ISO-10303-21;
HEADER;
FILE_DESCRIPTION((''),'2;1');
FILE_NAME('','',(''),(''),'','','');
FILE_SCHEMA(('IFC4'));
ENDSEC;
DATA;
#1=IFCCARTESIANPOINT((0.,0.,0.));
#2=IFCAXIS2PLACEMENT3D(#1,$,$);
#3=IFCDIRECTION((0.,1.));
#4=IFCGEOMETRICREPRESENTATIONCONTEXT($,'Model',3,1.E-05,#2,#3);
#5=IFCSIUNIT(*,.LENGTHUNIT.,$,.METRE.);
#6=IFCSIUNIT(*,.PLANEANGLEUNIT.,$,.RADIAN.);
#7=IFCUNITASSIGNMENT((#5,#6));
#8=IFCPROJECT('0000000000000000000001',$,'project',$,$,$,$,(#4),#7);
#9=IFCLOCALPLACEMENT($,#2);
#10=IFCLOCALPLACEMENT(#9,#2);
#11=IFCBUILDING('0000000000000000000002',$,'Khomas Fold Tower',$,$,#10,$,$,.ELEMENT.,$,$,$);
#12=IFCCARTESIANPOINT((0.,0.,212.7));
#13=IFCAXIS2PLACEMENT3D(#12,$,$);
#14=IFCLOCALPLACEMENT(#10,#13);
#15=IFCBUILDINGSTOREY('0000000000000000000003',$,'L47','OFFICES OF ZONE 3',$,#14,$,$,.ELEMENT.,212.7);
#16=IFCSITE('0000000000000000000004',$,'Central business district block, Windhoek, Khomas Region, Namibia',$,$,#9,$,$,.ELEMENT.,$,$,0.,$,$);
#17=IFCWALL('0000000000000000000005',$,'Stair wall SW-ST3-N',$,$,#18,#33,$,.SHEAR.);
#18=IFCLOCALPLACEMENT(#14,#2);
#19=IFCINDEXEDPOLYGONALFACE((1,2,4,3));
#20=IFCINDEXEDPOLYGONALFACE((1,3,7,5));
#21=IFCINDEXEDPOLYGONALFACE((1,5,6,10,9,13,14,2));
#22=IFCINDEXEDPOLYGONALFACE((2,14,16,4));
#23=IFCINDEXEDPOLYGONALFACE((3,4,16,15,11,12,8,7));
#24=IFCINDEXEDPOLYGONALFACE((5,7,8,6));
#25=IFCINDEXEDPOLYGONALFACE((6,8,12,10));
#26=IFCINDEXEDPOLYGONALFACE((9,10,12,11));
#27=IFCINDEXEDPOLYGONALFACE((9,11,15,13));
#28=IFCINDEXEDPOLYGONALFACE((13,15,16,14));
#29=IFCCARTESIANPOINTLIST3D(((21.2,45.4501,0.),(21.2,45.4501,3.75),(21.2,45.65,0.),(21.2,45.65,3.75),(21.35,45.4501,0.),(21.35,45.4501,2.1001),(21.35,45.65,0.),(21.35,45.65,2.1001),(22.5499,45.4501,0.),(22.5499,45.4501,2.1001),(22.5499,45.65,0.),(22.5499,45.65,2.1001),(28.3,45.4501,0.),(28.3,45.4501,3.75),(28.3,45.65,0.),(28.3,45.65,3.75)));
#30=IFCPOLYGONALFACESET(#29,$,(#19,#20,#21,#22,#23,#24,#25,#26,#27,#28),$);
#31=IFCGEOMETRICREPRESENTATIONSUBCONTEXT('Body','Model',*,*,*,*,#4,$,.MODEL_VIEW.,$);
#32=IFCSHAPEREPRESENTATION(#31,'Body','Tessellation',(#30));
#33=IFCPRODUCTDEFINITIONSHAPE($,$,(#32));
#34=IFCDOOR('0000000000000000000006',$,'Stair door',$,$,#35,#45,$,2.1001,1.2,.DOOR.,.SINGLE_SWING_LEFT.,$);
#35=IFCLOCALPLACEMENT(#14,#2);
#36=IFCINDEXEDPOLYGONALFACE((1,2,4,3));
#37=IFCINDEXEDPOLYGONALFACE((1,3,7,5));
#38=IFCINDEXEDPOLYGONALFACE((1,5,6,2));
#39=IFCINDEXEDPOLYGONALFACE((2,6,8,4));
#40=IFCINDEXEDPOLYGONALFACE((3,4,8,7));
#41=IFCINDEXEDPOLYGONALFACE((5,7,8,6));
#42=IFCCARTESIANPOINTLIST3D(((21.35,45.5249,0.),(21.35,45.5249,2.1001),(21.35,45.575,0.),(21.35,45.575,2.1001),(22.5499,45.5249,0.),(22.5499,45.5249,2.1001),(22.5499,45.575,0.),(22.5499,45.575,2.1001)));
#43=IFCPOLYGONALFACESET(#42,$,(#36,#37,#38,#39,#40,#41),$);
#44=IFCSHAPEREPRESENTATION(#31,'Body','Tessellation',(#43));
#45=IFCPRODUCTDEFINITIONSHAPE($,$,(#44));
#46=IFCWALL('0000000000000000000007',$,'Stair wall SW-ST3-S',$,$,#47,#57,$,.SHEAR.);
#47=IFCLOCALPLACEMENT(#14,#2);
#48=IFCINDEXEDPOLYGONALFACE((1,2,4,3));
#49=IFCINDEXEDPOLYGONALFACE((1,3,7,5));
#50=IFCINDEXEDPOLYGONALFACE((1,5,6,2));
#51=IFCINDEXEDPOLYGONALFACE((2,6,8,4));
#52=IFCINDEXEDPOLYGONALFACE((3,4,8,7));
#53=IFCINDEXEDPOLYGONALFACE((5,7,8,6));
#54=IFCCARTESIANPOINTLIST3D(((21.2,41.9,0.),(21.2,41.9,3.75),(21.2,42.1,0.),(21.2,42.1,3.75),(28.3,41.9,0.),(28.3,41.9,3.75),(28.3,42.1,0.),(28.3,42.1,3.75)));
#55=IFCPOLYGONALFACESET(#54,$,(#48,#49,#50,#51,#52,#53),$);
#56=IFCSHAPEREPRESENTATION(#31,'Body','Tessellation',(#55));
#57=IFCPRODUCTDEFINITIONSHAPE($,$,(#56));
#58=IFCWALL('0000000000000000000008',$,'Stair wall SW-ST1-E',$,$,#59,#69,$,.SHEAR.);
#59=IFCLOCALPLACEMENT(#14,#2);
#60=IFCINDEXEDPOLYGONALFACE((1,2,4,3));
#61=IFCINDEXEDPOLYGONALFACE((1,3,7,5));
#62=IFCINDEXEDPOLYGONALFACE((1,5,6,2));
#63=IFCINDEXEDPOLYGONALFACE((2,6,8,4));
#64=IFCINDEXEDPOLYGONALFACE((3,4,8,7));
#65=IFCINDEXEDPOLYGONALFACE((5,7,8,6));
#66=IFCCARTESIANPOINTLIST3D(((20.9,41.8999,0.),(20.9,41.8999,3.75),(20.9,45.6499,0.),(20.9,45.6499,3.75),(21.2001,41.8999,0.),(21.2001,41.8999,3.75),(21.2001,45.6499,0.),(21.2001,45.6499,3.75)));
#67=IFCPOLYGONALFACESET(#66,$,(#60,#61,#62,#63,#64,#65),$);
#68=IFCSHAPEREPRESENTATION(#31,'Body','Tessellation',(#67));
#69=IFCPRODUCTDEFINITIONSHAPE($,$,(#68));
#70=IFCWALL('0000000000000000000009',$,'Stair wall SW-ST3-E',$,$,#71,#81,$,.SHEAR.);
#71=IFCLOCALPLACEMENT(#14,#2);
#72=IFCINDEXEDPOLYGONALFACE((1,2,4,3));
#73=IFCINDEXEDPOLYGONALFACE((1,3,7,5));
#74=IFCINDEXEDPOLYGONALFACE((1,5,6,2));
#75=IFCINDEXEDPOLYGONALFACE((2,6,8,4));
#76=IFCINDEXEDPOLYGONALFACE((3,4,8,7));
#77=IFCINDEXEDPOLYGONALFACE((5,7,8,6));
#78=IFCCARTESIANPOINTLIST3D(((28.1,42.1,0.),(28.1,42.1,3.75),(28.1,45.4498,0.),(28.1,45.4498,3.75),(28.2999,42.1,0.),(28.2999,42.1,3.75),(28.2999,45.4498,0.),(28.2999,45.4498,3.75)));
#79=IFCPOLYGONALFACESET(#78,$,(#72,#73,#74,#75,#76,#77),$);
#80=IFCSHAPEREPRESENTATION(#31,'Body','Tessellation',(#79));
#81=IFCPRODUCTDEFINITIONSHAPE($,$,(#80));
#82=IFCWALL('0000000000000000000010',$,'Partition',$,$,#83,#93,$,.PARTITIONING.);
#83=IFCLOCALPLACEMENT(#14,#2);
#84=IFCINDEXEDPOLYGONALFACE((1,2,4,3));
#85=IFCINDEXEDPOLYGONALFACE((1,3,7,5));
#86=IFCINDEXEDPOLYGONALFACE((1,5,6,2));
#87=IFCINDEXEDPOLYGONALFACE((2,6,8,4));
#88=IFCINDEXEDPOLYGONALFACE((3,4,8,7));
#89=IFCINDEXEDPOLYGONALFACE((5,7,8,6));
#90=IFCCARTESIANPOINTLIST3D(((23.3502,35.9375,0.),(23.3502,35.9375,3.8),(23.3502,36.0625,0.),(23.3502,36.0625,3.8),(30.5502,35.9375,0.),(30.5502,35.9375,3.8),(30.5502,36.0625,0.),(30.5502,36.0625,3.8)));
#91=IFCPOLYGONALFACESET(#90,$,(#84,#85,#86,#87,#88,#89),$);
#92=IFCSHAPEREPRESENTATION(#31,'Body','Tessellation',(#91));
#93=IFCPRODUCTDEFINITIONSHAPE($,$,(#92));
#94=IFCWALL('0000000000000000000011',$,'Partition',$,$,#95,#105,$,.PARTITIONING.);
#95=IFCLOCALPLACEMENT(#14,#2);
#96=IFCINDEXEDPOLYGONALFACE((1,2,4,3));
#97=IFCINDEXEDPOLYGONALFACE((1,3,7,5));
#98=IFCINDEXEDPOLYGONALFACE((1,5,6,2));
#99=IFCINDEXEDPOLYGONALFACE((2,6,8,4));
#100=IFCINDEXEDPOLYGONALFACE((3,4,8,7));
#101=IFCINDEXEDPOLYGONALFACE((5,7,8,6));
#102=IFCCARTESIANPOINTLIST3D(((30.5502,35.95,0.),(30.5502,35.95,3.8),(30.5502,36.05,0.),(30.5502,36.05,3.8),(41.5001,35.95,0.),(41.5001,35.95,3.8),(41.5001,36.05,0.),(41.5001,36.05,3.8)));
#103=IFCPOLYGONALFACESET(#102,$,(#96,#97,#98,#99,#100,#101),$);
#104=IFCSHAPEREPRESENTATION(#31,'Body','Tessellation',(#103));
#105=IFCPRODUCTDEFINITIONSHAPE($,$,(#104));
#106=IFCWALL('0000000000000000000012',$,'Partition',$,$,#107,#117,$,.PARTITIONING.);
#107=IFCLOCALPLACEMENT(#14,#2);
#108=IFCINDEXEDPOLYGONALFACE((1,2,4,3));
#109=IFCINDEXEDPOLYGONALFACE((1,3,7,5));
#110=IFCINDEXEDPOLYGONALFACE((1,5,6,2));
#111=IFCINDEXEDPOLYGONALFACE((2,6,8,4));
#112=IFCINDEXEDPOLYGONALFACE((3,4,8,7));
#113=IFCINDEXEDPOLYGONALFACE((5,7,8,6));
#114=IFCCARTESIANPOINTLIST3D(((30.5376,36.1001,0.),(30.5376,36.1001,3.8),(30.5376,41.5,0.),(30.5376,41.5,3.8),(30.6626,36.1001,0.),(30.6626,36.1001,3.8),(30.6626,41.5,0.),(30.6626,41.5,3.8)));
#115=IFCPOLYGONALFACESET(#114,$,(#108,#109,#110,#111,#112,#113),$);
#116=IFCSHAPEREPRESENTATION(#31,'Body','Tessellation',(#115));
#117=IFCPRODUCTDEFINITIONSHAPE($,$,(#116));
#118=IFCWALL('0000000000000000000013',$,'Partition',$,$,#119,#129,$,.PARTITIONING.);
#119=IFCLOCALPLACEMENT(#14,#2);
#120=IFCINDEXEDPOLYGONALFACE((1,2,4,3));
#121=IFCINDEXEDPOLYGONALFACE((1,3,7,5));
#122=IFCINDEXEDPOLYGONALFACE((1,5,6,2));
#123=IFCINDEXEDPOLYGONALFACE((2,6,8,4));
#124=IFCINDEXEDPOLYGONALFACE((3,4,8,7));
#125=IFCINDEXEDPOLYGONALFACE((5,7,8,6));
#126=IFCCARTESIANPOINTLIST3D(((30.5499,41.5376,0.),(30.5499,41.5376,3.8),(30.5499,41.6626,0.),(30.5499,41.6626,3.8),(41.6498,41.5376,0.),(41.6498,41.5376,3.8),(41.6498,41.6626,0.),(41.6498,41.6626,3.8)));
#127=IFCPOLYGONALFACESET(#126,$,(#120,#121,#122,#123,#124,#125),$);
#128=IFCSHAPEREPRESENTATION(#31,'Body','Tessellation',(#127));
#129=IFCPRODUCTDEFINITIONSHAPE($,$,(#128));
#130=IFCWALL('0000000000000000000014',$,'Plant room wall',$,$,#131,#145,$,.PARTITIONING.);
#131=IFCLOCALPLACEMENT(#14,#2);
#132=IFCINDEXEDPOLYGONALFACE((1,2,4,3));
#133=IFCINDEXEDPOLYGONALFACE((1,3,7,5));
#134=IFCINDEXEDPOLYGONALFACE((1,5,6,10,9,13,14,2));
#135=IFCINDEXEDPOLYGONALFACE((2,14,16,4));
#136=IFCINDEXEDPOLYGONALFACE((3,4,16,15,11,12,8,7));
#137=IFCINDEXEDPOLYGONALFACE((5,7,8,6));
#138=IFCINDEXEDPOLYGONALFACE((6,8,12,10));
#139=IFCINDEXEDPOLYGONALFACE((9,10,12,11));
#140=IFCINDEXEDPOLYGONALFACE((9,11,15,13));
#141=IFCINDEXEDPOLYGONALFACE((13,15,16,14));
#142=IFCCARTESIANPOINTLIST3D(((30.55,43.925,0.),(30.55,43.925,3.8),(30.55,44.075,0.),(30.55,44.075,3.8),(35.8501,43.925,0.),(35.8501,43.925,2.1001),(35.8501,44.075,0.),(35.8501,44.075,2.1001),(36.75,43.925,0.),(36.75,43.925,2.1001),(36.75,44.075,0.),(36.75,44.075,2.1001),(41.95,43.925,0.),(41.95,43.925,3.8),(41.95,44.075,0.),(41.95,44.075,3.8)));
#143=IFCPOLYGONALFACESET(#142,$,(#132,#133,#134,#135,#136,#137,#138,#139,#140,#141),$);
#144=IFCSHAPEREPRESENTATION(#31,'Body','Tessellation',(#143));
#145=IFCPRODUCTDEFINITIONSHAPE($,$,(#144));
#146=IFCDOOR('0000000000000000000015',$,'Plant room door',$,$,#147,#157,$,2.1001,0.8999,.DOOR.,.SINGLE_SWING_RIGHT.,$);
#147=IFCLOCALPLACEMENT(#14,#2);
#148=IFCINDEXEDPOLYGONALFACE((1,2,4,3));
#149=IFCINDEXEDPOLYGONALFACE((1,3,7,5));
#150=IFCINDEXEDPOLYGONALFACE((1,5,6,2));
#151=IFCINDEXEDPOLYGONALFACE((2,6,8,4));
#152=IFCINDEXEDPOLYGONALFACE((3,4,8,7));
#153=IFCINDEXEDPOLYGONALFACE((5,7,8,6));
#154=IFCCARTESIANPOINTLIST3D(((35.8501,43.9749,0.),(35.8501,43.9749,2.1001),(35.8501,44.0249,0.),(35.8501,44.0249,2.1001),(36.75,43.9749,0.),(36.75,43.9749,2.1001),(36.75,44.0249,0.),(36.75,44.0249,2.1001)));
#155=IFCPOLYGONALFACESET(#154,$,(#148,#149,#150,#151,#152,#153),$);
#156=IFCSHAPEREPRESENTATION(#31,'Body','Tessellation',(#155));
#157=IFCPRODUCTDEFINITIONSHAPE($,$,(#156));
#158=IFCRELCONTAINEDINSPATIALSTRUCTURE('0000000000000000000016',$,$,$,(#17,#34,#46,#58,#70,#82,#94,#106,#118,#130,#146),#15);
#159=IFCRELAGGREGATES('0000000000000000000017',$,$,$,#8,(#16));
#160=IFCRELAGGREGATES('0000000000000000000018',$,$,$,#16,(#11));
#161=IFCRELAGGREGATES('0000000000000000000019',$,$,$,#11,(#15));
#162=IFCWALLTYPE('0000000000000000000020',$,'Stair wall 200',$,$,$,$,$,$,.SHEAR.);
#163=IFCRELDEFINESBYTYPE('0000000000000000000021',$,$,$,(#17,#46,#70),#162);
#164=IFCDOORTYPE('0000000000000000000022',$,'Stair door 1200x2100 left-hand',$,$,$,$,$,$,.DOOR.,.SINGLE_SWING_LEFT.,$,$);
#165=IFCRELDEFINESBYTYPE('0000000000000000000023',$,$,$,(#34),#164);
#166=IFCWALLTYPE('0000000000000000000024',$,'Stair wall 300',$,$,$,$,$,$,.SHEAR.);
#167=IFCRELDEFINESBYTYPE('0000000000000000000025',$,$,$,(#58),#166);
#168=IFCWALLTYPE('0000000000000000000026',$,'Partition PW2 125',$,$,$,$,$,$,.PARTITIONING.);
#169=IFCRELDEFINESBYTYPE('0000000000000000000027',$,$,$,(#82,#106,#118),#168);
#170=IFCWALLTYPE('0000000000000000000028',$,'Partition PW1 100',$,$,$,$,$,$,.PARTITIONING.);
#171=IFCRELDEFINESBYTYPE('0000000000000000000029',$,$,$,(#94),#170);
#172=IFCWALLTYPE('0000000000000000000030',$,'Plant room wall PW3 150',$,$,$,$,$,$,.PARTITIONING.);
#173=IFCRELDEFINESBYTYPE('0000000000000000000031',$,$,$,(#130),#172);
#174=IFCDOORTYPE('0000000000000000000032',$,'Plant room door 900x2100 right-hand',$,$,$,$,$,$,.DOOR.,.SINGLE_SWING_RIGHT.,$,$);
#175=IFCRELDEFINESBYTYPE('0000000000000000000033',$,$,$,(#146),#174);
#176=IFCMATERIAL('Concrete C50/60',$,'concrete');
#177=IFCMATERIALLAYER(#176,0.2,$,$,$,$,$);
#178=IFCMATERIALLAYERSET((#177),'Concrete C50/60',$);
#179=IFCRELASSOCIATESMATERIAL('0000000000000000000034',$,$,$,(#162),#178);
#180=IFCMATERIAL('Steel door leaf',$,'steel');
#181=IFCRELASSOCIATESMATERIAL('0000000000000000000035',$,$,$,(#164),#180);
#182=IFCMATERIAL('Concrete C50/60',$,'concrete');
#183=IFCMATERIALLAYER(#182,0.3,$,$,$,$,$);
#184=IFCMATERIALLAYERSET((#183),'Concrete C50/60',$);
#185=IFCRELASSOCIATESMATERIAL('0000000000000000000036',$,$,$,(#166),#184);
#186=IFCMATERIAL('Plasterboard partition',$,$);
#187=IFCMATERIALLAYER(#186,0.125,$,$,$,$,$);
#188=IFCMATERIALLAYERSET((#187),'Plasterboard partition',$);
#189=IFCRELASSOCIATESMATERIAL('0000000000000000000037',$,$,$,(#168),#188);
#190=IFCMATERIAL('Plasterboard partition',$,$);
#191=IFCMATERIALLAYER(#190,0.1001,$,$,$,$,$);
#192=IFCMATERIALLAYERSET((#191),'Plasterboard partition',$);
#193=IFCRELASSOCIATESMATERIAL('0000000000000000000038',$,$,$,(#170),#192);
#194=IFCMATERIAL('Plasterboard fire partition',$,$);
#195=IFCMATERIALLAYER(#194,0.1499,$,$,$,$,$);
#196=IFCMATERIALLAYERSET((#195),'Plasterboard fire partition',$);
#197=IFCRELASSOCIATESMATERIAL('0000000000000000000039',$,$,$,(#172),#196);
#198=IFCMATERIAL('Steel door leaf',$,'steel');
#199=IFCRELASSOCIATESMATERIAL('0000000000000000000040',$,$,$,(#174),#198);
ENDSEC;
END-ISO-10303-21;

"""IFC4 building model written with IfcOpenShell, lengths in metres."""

from ifc_helpers import new_model, si_unit, direction, frame, frame_2d, origin, place, context, subcontext, project, spatial, rectangle, extrude, source, transform, mapped, material, layer, layer_set, type_object, element, fill, save


model = new_model("IFC4")

# Units and contexts
model_context = context("Model", 3, precision=1e-05, world=origin(), true_north=direction((0.0, 1.0)))
body_context = subcontext(model_context, "Body", "Model", "MODEL_VIEW")
ifc_project = project(units=[si_unit("LENGTHUNIT", "METRE"), si_unit("PLANEANGLEUNIT", "RADIAN")], contexts=[model_context])

# Site, building, storey
site_placement = place(None, origin())
site = spatial("IfcSite", under=ifc_project, at=site_placement, Name="Central business district block, Windhoek, Khomas Region, Namibia", CompositionType="ELEMENT", RefElevation=0.0)
building_placement = place(site_placement, origin())
building = spatial("IfcBuilding", under=site, at=building_placement, Name="Khomas Fold Tower", CompositionType="ELEMENT")
storey_placement = place(building_placement, frame((0.0, 0.0, 212.7)))
storey = spatial("IfcBuildingStorey", under=building, at=storey_placement, Name="L47", Description="OFFICES OF ZONE 3", CompositionType="ELEMENT", Elevation=212.7)

# Wall, opening, door
ifc_material_1 = material(Name="Concrete C50/60", Category="concrete")
ifc_layer_1 = layer(ifc_material_1, 0.2)
ifc_layer_set_1 = layer_set([ifc_layer_1], Name="Concrete C50/60")
wall_type_1 = type_object("IfcWallType", Name="Stair wall 200", PredefinedType="SHEAR", material=ifc_layer_set_1)
shared_shape_1 = source(origin(), body_context, "Body", "SweptSolid", [
    extrude(rectangle(XDim=7.1001, YDim=0.2, at=frame_2d((3.55, 0.0))), origin(), (0.0, 0.0, 1.0), 3.75),
])
wall_1_placement = place(storey_placement, frame((21.2, 45.55, 0.0), z_axis=(0.0, 0.0, 1.0), x_axis=(1.0, 0.0, 0.0)))
wall_1 = element("IfcWall", 1, at=wall_1_placement, inside=storey, type_object=wall_type_1, Name="Stair wall SW-ST3-N", PredefinedType="SHEAR", context=body_context, shape_type="MappedRepresentation", body=[
    mapped(shared_shape_1, transform((0.0, 0.0, 0.0))),
])
shared_shape_2 = source(origin(), body_context, "Body", "SweptSolid", [
    extrude(rectangle(XDim=1.2, YDim=2.1001, at=frame_2d((0.6001, 1.05))), frame((0.0, 0.1099, 0.0), z_axis=(0.0, -1.0, 0.0), x_axis=(1.0, 0.0, 0.0)), (0.0, 0.0, 1.0), 0.22),
])
opening_1_placement = place(wall_1_placement, frame((0.1499, 0.0, 0.0)))
opening_1 = element("IfcOpeningElement", 2, at=opening_1_placement, cuts=wall_1, PredefinedType="OPENING", context=body_context, shape_type="MappedRepresentation", body=[
    mapped(shared_shape_2, transform((0.0, 0.0, 0.0))),
])
ifc_material_2 = material(Name="Steel door leaf", Category="steel")
door_type_1 = type_object("IfcDoorType", Name="Stair door 1200x2100 left-hand", OperationType="SINGLE_SWING_LEFT", PredefinedType="DOOR", material=ifc_material_2)
shared_shape_3 = source(origin(), body_context, "Body", "SweptSolid", [
    extrude(rectangle(XDim=1.2, YDim=2.1001, at=frame_2d((0.6001, 1.05))), frame((0.0, 0.0249, 0.0), z_axis=(0.0, -1.0, 0.0), x_axis=(1.0, 0.0, 0.0)), (0.0, 0.0, 1.0), 0.05),
])
door_1_placement = place(opening_1_placement, origin())
door_1 = element("IfcDoor", 3, at=door_1_placement, inside=storey, type_object=door_type_1, Name="Stair door", OperationType="SINGLE_SWING_LEFT", OverallHeight=2.1001, OverallWidth=1.2, PredefinedType="DOOR", context=body_context, shape_type="MappedRepresentation", body=[
    mapped(shared_shape_3, transform((0.0, 0.0, 0.0))),
])
fill(opening_1, door_1)

# Walls
wall_2_placement = place(storey_placement, frame((21.2, 42.0, 0.0), z_axis=(0.0, 0.0, 1.0), x_axis=(1.0, 0.0, 0.0)))
element("IfcWall", 4, at=wall_2_placement, inside=storey, type_object=wall_type_1, Name="Stair wall SW-ST3-S", PredefinedType="SHEAR", context=body_context, shape_type="MappedRepresentation", body=[
    mapped(shared_shape_1, transform((0.0, 0.0, 0.0))),
])
ifc_material_3 = material(Name="Concrete C50/60", Category="concrete")
ifc_layer_2 = layer(ifc_material_3, 0.3)
ifc_layer_set_2 = layer_set([ifc_layer_2], Name="Concrete C50/60")
wall_type_2 = type_object("IfcWallType", Name="Stair wall 300", PredefinedType="SHEAR", material=ifc_layer_set_2)
shared_shape_4 = source(origin(), body_context, "Body", "SweptSolid", [
    extrude(rectangle(XDim=3.75, YDim=0.3, at=frame_2d((1.875, 0.0))), origin(), (0.0, 0.0, 1.0), 3.75),
])
wall_3_placement = place(storey_placement, frame((21.05, 41.8999, 0.0), z_axis=(0.0, 0.0, 1.0), x_axis=(0.0, 1.0, 0.0)))
element("IfcWall", 5, at=wall_3_placement, inside=storey, type_object=wall_type_2, Name="Stair wall SW-ST1-E", PredefinedType="SHEAR", context=body_context, shape_type="MappedRepresentation", body=[
    mapped(shared_shape_4, transform((0.0, 0.0, 0.0))),
])
shared_shape_5 = source(origin(), body_context, "Body", "SweptSolid", [
    extrude(rectangle(XDim=3.3499, YDim=0.2, at=frame_2d((1.6748, 0.0))), origin(), (0.0, 0.0, 1.0), 3.75),
])
wall_4_placement = place(storey_placement, frame((28.2, 42.1001, 0.0), z_axis=(0.0, 0.0, 1.0), x_axis=(0.0, 1.0, 0.0)))
element("IfcWall", 6, at=wall_4_placement, inside=storey, type_object=wall_type_1, Name="Stair wall SW-ST3-E", PredefinedType="SHEAR", context=body_context, shape_type="MappedRepresentation", body=[
    mapped(shared_shape_5, transform((0.0, 0.0, 0.0))),
])

# Walls
ifc_material_4 = material(Name="Plasterboard partition")
ifc_layer_3 = layer(ifc_material_4, 0.125)
ifc_layer_set_3 = layer_set([ifc_layer_3], Name="Plasterboard partition")
wall_type_3 = type_object("IfcWallType", Name="Partition PW2 125", PredefinedType="PARTITIONING", material=ifc_layer_set_3)
shared_shape_6 = source(origin(), body_context, "Body", "SweptSolid", [
    extrude(rectangle(XDim=7.2, YDim=0.125, at=frame_2d((3.6001, 0.0))), origin(), (0.0, 0.0, 1.0), 3.8),
])
wall_5_placement = place(storey_placement, frame((23.3501, 36.0, 0.0), z_axis=(0.0, 0.0, 1.0), x_axis=(1.0, 0.0, 0.0)))
element("IfcWall", 7, at=wall_5_placement, inside=storey, type_object=wall_type_3, Name="Partition", PredefinedType="PARTITIONING", context=body_context, shape_type="MappedRepresentation", body=[
    mapped(shared_shape_6, transform((0.0, 0.0, 0.0))),
])
ifc_material_5 = material(Name="Plasterboard partition")
ifc_layer_4 = layer(ifc_material_5, 0.1001)
ifc_layer_set_4 = layer_set([ifc_layer_4], Name="Plasterboard partition")
wall_type_4 = type_object("IfcWallType", Name="Partition PW1 100", PredefinedType="PARTITIONING", material=ifc_layer_set_4)
shared_shape_7 = source(origin(), body_context, "Body", "SweptSolid", [
    extrude(rectangle(XDim=10.95, YDim=0.1001, at=frame_2d((5.4751, 0.0))), origin(), (0.0, 0.0, 1.0), 3.8),
])
wall_6_placement = place(storey_placement, frame((30.55, 36.0, 0.0), z_axis=(0.0, 0.0, 1.0), x_axis=(1.0, 0.0, 0.0)))
element("IfcWall", 8, at=wall_6_placement, inside=storey, type_object=wall_type_4, Name="Partition", PredefinedType="PARTITIONING", context=body_context, shape_type="MappedRepresentation", body=[
    mapped(shared_shape_7, transform((0.0, 0.0, 0.0))),
])
shared_shape_8 = source(origin(), body_context, "Body", "SweptSolid", [
    extrude(rectangle(XDim=5.3999, YDim=0.125, at=frame_2d((2.7, 0.0))), origin(), (0.0, 0.0, 1.0), 3.8),
])
wall_7_placement = place(storey_placement, frame((30.6001, 36.1001, 0.0), z_axis=(0.0, 0.0, 1.0), x_axis=(0.0, 1.0, 0.0)))
element("IfcWall", 9, at=wall_7_placement, inside=storey, type_object=wall_type_3, Name="Partition", PredefinedType="PARTITIONING", context=body_context, shape_type="MappedRepresentation", body=[
    mapped(shared_shape_8, transform((0.0, 0.0, 0.0))),
])
shared_shape_9 = source(origin(), body_context, "Body", "SweptSolid", [
    extrude(rectangle(XDim=11.0999, YDim=0.125, at=frame_2d((5.5498, 0.0))), origin(), (0.0, 0.0, 1.0), 3.8),
])
wall_8_placement = place(storey_placement, frame((30.55, 41.6001, 0.0), z_axis=(0.0, 0.0, 1.0), x_axis=(1.0, 0.0, 0.0)))
element("IfcWall", 10, at=wall_8_placement, inside=storey, type_object=wall_type_3, Name="Partition", PredefinedType="PARTITIONING", context=body_context, shape_type="MappedRepresentation", body=[
    mapped(shared_shape_9, transform((0.0, 0.0, 0.0))),
])

# Wall, opening, door
ifc_material_6 = material(Name="Plasterboard fire partition")
ifc_layer_5 = layer(ifc_material_6, 0.1499)
ifc_layer_set_5 = layer_set([ifc_layer_5], Name="Plasterboard fire partition")
wall_type_5 = type_object("IfcWallType", Name="Plant room wall PW3 150", PredefinedType="PARTITIONING", material=ifc_layer_set_5)
shared_shape_10 = source(origin(), body_context, "Body", "SweptSolid", [
    extrude(rectangle(XDim=11.3999, YDim=0.1499, at=frame_2d((5.7, 0.0))), origin(), (0.0, 0.0, 1.0), 3.8),
])
wall_9_placement = place(storey_placement, frame((30.55, 44.0, 0.0), z_axis=(0.0, 0.0, 1.0), x_axis=(1.0, 0.0, 0.0)))
wall_9 = element("IfcWall", 11, at=wall_9_placement, inside=storey, type_object=wall_type_5, Name="Plant room wall", PredefinedType="PARTITIONING", context=body_context, shape_type="MappedRepresentation", body=[
    mapped(shared_shape_10, transform((0.0, 0.0, 0.0))),
])
shared_shape_11 = source(origin(), body_context, "Body", "SweptSolid", [
    extrude(rectangle(XDim=0.8999, YDim=2.1001, at=frame_2d((0.45, 1.05))), frame((0.0, 0.085, 0.0), z_axis=(0.0, -1.0, 0.0), x_axis=(1.0, 0.0, 0.0)), (0.0, 0.0, 1.0), 0.1699),
])
opening_2_placement = place(wall_9_placement, frame((5.3, 0.0, 0.0)))
opening_2 = element("IfcOpeningElement", 12, at=opening_2_placement, cuts=wall_9, PredefinedType="OPENING", context=body_context, shape_type="MappedRepresentation", body=[
    mapped(shared_shape_11, transform((0.0, 0.0, 0.0))),
])
ifc_material_7 = material(Name="Steel door leaf", Category="steel")
door_type_2 = type_object("IfcDoorType", Name="Plant room door 900x2100 right-hand", OperationType="SINGLE_SWING_RIGHT", PredefinedType="DOOR", material=ifc_material_7)
shared_shape_12 = source(origin(), body_context, "Body", "SweptSolid", [
    extrude(rectangle(XDim=0.8999, YDim=2.1001, at=frame_2d((0.45, 1.05))), frame((0.0, 0.0249, 0.0), z_axis=(0.0, -1.0, 0.0), x_axis=(1.0, 0.0, 0.0)), (0.0, 0.0, 1.0), 0.05),
])
door_2_placement = place(opening_2_placement, origin())
door_2 = element("IfcDoor", 13, at=door_2_placement, inside=storey, type_object=door_type_2, Name="Plant room door", OperationType="SINGLE_SWING_RIGHT", OverallHeight=2.1001, OverallWidth=0.8999, PredefinedType="DOOR", context=body_context, shape_type="MappedRepresentation", body=[
    mapped(shared_shape_12, transform((0.0, 0.0, 0.0))),
])
fill(opening_2, door_2)

save(model, "model.ifc")
